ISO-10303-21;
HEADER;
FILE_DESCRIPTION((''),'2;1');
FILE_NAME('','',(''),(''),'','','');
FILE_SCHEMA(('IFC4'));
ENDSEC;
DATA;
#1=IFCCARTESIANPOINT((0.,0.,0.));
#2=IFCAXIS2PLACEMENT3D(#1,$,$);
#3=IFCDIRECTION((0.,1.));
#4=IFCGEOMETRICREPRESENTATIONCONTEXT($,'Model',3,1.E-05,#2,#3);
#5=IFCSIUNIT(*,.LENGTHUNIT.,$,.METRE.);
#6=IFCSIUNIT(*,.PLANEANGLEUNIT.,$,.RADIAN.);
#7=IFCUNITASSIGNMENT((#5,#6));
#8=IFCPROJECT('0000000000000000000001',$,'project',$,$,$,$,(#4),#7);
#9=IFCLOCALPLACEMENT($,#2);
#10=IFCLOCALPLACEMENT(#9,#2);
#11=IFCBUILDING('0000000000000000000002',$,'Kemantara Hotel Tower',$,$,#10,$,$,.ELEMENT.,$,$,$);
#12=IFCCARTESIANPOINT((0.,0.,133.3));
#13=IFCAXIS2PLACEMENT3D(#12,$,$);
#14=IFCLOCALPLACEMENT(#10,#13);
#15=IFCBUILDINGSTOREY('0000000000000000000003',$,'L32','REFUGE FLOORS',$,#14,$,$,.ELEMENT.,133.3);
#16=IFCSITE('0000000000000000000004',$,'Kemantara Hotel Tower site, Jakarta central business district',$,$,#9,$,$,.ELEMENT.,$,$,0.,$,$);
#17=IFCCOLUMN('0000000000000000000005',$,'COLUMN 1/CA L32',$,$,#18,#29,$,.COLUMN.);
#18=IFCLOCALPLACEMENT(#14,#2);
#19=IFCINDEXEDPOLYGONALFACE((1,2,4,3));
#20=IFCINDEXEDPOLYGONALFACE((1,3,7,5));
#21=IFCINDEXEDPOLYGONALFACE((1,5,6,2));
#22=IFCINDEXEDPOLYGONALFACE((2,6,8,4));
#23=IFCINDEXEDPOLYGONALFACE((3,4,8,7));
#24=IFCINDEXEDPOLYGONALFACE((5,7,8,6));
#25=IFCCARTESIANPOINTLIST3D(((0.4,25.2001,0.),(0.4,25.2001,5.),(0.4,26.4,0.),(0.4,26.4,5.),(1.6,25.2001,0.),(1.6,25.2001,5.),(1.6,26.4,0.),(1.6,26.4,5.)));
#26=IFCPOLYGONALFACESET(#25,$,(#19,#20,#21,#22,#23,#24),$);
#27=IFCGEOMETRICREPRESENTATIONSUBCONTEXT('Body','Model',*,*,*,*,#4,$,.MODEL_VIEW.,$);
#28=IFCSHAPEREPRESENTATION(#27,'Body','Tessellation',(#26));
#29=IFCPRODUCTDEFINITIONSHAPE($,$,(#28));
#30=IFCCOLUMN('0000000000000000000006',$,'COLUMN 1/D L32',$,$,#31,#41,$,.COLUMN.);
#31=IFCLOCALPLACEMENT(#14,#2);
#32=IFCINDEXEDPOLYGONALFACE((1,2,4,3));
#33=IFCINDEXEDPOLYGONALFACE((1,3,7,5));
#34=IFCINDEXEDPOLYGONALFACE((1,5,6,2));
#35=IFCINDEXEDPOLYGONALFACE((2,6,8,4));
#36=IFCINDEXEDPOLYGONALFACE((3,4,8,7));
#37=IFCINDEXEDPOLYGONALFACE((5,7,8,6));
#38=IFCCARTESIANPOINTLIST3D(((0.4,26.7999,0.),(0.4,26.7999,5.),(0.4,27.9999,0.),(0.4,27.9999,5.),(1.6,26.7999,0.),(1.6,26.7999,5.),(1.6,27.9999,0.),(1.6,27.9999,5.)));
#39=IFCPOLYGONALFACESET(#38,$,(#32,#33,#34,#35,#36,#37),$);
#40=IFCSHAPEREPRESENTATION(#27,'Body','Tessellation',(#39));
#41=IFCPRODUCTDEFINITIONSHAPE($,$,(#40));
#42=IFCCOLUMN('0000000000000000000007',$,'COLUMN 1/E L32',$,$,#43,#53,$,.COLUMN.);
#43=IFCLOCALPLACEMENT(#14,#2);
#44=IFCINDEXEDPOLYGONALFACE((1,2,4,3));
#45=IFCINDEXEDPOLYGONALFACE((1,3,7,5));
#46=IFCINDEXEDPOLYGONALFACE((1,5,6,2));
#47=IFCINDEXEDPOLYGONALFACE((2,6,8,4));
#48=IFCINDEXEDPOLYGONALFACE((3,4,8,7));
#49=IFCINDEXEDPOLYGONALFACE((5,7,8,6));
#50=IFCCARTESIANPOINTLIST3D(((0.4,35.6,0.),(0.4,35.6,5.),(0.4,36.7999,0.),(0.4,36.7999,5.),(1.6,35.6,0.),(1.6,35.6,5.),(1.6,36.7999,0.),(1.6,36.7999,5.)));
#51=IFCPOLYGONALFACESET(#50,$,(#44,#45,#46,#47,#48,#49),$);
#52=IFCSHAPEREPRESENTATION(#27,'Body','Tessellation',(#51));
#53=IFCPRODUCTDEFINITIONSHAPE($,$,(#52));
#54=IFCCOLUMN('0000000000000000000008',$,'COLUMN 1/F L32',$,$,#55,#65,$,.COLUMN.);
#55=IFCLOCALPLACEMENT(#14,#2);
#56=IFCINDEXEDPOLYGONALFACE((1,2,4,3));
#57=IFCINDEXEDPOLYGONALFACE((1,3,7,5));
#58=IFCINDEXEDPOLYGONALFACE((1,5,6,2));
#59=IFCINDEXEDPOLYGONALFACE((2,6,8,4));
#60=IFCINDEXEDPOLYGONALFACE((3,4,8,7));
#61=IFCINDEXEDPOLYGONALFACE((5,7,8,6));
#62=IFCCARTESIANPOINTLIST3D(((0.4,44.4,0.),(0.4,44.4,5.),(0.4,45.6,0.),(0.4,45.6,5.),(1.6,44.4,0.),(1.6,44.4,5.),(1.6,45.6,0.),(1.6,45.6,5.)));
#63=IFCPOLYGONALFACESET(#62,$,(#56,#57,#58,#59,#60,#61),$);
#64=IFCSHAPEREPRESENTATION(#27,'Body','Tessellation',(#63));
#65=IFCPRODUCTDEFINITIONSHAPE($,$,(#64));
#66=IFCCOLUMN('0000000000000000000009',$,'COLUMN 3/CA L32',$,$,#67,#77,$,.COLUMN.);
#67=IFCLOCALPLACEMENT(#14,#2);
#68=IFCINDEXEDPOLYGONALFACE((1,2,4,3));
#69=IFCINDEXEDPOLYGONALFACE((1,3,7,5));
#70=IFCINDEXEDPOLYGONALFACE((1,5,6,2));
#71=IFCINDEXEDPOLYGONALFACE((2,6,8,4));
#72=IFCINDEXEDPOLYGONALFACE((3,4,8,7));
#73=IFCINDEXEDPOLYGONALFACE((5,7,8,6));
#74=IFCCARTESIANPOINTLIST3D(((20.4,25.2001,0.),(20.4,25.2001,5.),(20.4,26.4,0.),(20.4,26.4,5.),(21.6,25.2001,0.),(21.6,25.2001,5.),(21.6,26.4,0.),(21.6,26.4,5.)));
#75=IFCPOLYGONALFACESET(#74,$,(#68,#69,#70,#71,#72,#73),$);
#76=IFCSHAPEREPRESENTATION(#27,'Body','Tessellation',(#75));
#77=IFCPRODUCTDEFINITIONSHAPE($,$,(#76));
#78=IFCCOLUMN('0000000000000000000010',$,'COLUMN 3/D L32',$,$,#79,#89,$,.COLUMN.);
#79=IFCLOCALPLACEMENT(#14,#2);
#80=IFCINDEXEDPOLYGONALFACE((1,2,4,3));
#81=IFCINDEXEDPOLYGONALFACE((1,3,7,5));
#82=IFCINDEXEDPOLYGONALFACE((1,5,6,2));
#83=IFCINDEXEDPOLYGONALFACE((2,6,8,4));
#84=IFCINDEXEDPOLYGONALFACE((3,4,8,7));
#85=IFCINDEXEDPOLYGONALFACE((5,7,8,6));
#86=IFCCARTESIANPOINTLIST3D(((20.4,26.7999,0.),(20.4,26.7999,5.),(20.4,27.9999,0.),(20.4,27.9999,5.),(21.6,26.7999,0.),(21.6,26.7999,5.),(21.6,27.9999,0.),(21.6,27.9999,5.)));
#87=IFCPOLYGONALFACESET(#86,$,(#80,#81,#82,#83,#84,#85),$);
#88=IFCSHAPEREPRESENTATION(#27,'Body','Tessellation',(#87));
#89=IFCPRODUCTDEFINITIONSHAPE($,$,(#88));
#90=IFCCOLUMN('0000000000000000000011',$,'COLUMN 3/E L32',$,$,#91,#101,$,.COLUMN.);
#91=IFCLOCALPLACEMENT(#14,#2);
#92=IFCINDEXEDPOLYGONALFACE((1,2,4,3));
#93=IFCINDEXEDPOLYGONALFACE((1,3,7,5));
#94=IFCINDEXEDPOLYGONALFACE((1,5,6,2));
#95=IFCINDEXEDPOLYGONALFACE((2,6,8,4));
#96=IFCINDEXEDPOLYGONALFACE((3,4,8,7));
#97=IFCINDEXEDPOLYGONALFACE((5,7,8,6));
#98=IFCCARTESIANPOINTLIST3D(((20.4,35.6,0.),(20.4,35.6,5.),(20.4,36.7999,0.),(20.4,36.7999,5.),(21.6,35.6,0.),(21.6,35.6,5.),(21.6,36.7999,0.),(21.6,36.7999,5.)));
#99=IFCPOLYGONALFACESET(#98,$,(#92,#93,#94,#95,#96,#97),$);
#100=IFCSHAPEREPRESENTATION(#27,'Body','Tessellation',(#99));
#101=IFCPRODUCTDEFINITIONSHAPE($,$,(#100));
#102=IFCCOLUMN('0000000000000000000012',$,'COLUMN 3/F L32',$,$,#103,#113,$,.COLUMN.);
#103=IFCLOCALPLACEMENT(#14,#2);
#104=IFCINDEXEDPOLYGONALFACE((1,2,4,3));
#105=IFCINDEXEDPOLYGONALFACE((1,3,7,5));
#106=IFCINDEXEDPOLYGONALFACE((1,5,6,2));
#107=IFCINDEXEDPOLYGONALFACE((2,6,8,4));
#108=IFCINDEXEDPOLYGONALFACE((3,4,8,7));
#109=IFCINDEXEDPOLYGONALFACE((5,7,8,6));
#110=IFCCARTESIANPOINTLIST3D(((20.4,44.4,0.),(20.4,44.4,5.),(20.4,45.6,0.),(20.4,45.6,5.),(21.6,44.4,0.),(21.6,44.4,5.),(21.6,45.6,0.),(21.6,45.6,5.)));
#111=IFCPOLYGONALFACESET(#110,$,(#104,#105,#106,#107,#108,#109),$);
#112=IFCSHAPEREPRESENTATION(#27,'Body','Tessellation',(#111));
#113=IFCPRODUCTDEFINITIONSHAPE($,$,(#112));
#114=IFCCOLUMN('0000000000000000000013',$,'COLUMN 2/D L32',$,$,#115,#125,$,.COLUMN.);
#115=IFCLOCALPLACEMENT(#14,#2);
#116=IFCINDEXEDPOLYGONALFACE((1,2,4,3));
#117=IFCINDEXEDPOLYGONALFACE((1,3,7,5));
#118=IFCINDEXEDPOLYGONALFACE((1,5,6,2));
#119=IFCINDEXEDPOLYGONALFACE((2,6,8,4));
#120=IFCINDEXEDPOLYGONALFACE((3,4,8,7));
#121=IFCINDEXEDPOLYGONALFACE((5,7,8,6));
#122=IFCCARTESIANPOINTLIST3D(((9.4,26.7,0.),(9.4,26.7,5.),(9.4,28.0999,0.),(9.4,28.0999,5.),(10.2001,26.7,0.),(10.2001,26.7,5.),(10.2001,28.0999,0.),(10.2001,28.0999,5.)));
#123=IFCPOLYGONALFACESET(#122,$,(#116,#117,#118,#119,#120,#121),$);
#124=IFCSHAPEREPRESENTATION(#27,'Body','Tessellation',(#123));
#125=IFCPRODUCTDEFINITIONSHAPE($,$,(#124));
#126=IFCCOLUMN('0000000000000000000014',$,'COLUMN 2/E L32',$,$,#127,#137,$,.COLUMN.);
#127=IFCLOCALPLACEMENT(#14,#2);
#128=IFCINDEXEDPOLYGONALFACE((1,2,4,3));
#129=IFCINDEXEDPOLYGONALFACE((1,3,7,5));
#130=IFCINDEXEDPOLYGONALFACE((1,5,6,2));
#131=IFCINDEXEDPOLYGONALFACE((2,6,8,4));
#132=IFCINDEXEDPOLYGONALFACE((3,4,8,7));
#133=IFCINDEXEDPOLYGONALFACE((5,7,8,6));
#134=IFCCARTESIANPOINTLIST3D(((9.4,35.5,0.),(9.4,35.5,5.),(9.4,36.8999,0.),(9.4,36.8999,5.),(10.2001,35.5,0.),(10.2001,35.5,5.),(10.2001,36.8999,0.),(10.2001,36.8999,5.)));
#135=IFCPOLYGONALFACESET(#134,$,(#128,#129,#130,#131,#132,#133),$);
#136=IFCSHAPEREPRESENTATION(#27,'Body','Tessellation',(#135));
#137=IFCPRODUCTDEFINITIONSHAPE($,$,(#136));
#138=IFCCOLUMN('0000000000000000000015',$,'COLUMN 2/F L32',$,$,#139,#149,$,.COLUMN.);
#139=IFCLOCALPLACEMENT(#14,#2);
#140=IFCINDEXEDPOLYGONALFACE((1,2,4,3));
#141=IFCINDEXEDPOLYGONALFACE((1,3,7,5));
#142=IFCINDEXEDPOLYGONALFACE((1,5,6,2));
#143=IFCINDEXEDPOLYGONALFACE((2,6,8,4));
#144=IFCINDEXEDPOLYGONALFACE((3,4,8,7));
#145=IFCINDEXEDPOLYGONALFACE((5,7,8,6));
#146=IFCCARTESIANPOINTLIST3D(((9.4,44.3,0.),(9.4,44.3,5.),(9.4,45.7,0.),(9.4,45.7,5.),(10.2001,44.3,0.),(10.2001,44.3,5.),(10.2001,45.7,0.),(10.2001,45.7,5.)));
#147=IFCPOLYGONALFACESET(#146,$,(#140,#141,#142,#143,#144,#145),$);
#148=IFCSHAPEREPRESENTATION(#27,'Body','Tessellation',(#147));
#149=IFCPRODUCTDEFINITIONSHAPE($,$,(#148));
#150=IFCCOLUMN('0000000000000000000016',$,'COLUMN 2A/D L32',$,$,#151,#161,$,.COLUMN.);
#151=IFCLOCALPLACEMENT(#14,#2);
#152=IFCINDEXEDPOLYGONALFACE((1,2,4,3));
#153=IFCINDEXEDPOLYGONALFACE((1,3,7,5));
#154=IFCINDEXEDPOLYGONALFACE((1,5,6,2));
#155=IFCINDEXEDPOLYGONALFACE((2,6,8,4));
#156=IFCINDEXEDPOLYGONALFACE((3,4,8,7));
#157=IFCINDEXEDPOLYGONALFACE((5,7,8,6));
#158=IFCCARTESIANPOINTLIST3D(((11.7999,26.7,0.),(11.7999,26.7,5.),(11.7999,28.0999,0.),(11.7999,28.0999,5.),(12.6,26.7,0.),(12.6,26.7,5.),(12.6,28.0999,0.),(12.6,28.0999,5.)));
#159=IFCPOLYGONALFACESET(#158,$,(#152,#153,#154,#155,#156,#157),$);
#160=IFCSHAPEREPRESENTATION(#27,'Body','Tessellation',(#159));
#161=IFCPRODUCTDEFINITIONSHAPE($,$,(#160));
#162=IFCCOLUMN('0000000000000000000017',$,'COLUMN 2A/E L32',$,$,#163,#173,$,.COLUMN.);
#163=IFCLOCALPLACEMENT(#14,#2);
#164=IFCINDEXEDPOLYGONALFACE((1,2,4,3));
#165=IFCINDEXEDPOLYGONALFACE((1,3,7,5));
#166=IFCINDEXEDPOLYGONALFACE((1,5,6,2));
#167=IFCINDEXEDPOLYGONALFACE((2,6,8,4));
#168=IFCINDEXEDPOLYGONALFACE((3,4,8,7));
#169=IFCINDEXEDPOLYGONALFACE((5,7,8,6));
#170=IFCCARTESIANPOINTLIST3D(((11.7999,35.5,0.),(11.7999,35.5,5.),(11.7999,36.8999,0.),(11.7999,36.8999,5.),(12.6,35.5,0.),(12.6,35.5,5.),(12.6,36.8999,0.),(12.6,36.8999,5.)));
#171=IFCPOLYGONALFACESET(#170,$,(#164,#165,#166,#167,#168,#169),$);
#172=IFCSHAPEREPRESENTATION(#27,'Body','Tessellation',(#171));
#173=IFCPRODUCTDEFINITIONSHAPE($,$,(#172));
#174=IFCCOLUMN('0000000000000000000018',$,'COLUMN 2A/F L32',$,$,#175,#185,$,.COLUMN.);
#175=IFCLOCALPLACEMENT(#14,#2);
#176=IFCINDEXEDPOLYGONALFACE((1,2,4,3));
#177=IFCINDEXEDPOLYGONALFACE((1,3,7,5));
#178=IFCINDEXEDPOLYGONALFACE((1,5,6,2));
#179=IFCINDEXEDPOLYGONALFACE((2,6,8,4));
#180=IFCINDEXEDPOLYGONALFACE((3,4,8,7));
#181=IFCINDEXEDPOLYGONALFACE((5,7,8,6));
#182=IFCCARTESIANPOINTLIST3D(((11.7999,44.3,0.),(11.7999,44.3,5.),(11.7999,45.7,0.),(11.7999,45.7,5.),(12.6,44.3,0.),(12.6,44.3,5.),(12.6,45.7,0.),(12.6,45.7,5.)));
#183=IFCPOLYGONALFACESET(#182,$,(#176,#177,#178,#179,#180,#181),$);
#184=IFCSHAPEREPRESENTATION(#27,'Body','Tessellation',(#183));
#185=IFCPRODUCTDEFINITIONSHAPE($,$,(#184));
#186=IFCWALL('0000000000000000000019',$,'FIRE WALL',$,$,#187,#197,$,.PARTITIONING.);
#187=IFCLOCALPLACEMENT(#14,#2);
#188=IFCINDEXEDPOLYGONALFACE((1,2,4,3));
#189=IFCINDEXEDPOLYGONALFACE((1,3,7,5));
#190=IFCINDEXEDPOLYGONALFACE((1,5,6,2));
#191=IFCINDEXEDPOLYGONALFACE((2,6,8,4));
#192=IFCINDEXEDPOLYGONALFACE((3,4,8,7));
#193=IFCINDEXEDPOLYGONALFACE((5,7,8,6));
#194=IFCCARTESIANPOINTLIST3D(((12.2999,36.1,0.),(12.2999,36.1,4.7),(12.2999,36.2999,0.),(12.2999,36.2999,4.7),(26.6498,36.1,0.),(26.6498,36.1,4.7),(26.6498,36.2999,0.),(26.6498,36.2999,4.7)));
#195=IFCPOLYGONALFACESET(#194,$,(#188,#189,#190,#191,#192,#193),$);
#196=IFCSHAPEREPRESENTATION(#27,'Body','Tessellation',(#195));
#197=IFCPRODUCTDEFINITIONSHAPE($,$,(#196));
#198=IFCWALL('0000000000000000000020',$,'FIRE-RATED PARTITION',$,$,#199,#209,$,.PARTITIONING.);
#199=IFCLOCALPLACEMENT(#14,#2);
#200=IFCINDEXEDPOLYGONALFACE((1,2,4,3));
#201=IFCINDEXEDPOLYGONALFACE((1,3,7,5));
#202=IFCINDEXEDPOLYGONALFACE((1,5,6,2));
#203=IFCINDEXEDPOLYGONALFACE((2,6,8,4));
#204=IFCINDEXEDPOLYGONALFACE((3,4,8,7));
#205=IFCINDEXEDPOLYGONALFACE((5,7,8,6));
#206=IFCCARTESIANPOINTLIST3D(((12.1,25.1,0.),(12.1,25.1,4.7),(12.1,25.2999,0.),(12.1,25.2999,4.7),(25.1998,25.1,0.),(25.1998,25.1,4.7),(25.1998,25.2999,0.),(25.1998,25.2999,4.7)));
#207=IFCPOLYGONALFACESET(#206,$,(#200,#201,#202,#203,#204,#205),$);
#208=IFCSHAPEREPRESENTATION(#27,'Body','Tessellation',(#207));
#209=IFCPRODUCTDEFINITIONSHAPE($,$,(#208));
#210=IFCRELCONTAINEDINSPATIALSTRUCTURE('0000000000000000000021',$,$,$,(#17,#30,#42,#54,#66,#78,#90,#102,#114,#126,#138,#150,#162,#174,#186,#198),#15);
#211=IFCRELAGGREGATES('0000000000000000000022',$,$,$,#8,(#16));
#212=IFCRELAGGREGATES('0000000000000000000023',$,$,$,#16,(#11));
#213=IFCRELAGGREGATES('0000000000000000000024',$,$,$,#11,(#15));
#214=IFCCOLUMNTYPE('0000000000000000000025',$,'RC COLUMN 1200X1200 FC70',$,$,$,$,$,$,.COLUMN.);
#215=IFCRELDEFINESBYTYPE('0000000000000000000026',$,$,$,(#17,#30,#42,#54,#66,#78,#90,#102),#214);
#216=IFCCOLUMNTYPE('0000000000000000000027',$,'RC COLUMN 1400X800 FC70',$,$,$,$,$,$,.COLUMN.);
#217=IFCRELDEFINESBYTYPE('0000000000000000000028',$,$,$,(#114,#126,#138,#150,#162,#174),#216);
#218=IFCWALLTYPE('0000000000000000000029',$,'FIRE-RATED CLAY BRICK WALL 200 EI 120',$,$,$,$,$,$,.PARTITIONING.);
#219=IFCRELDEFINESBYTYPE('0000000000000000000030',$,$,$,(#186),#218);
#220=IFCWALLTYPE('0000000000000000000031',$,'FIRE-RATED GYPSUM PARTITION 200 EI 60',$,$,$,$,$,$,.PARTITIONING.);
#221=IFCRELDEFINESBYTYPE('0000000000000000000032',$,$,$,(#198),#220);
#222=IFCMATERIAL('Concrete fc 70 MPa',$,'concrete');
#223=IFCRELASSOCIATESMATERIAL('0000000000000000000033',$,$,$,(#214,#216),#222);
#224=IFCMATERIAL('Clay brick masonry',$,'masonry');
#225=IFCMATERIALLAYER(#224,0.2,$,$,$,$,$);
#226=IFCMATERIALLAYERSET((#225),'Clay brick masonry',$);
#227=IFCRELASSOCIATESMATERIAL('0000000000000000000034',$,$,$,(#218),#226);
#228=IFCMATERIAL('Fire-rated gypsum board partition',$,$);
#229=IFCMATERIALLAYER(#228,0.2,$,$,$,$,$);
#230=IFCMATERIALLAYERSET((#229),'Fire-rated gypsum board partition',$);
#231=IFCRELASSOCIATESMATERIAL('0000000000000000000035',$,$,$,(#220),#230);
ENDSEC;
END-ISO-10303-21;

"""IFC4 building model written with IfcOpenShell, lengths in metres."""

from ifc_helpers import new_model, si_unit, direction, frame, frame_2d, origin, origin_2d, place, context, subcontext, project, spatial, rectangle, extrude, material, layer, layer_set, material_profile, profile_set, type_object, element, save


model = new_model("IFC4")

# Units and contexts
model_context = context("Model", 3, precision=1e-05, world=origin(), true_north=direction((0.0, 1.0)))
body_context = subcontext(model_context, "Body", "Model", "MODEL_VIEW")
ifc_project = project(units=[si_unit("LENGTHUNIT", "METRE"), si_unit("PLANEANGLEUNIT", "RADIAN")], contexts=[model_context])

# Site, building, storey
site_placement = place(None, origin())
site = spatial("IfcSite", under=ifc_project, at=site_placement, Name="Kemantara Hotel Tower site, Jakarta central business district", CompositionType="ELEMENT", RefElevation=0.0)
building_placement = place(site_placement, origin())
building = spatial("IfcBuilding", under=site, at=building_placement, Name="Kemantara Hotel Tower", CompositionType="ELEMENT")
storey_placement = place(building_placement, frame((0.0, 0.0, 133.3)))
storey = spatial("IfcBuildingStorey", under=building, at=storey_placement, Name="L32", Description="REFUGE FLOORS", CompositionType="ELEMENT", Elevation=133.3)

# Columns
ifc_material_1 = material(Name="Concrete fc 70 MPa", Category="concrete")
ifc_material_profile_1 = material_profile(ifc_material_1, rectangle(XDim=1.2, YDim=1.2, at=origin_2d()), Name="RC 1200X1200")
ifc_profile_set_1 = profile_set([ifc_material_profile_1], Name="Concrete fc 70 MPa")
column_type_1 = type_object("IfcColumnType", Name="RC COLUMN 1200X1200 FC70", PredefinedType="COLUMN", material=ifc_profile_set_1)
for number, where, z_axis, x_axis, name in (
    (1, (1.0, 25.8, 0.0), (0.0, 0.0, 1.0), (1.0, 0.0, 0.0), "COLUMN 1/CA L32"),
    (2, (1.0, 27.3999, 0.0), (0.0, 0.0, 1.0), (1.0, 0.0, 0.0), "COLUMN 1/D L32"),
    (3, (1.0, 36.2, 0.0), (0.0, 0.0, 1.0), (1.0, 0.0, 0.0), "COLUMN 1/E L32"),
    (4, (1.0, 45.0, 0.0), (0.0, 0.0, 1.0), (1.0, 0.0, 0.0), "COLUMN 1/F L32"),
    (5, (21.0, 25.8, 0.0), (0.0, 0.0, 1.0), (1.0, 0.0, 0.0), "COLUMN 3/CA L32"),
    (6, (21.0, 27.3999, 0.0), (0.0, 0.0, 1.0), (1.0, 0.0, 0.0), "COLUMN 3/D L32"),
    (7, (21.0, 36.2, 0.0), (0.0, 0.0, 1.0), (1.0, 0.0, 0.0), "COLUMN 3/E L32"),
    (8, (21.0, 45.0, 0.0), (0.0, 0.0, 1.0), (1.0, 0.0, 0.0), "COLUMN 3/F L32"),
):
    element("IfcColumn", number, at=place(storey_placement, frame(where, z_axis=z_axis, x_axis=x_axis)), inside=storey, type_object=column_type_1, Name=name, PredefinedType="COLUMN", context=body_context, shape_type="SweptSolid", body=[
        extrude(rectangle(XDim=1.2, YDim=1.2, at=origin_2d()), origin(), (0.0, 0.0, 1.0), 5.0),
    ])
ifc_material_profile_2 = material_profile(ifc_material_1, rectangle(XDim=1.3999, YDim=0.8, at=origin_2d()), Name="RC 1400X800")
ifc_profile_set_2 = profile_set([ifc_material_profile_2], Name="Concrete fc 70 MPa")
column_type_2 = type_object("IfcColumnType", Name="RC COLUMN 1400X800 FC70", PredefinedType="COLUMN", material=ifc_profile_set_2)
for number, where, z_axis, x_axis, name in (
    (9, (9.8, 27.3999, 0.0), (0.0, 0.0, 1.0), (0.0, 1.0, 0.0), "COLUMN 2/D L32"),
    (10, (9.8, 36.2, 0.0), (0.0, 0.0, 1.0), (0.0, 1.0, 0.0), "COLUMN 2/E L32"),
    (11, (9.8, 45.0, 0.0), (0.0, 0.0, 1.0), (0.0, 1.0, 0.0), "COLUMN 2/F L32"),
    (12, (12.2, 27.3999, 0.0), (0.0, 0.0, 1.0), (0.0, 1.0, 0.0), "COLUMN 2A/D L32"),
    (13, (12.2, 36.2, 0.0), (0.0, 0.0, 1.0), (0.0, 1.0, 0.0), "COLUMN 2A/E L32"),
    (14, (12.2, 45.0, 0.0), (0.0, 0.0, 1.0), (0.0, 1.0, 0.0), "COLUMN 2A/F L32"),
):
    element("IfcColumn", number, at=place(storey_placement, frame(where, z_axis=z_axis, x_axis=x_axis)), inside=storey, type_object=column_type_2, Name=name, PredefinedType="COLUMN", context=body_context, shape_type="SweptSolid", body=[
        extrude(rectangle(XDim=1.3999, YDim=0.8, at=origin_2d()), origin(), (0.0, 0.0, 1.0), 5.0),
    ])

# Walls
ifc_material_2 = material(Name="Clay brick masonry", Category="masonry")
ifc_layer_1 = layer(ifc_material_2, 0.2)
ifc_layer_set_1 = layer_set([ifc_layer_1], Name="Clay brick masonry")
wall_type_1 = type_object("IfcWallType", Name="FIRE-RATED CLAY BRICK WALL 200 EI 120", PredefinedType="PARTITIONING", material=ifc_layer_set_1)
wall_1_placement = place(storey_placement, frame((12.3, 36.2, 0.0), z_axis=(0.0, 0.0, 1.0), x_axis=(1.0, 0.0, 0.0)))
element("IfcWall", 15, at=wall_1_placement, inside=storey, type_object=wall_type_1, Name="FIRE WALL", PredefinedType="PARTITIONING", context=body_context, shape_type="SweptSolid", body=[
    extrude(rectangle(XDim=14.3499, YDim=0.2, at=frame_2d((7.1748, 0.0))), origin(), (0.0, 0.0, 1.0), 4.7),
])
ifc_material_3 = material(Name="Fire-rated gypsum board partition")
ifc_layer_2 = layer(ifc_material_3, 0.2)
ifc_layer_set_2 = layer_set([ifc_layer_2], Name="Fire-rated gypsum board partition")
wall_type_2 = type_object("IfcWallType", Name="FIRE-RATED GYPSUM PARTITION 200 EI 60", PredefinedType="PARTITIONING", material=ifc_layer_set_2)
wall_2_placement = place(storey_placement, frame((12.1001, 25.2, 0.0), z_axis=(0.0, 0.0, 1.0), x_axis=(1.0, 0.0, 0.0)))
element("IfcWall", 16, at=wall_2_placement, inside=storey, type_object=wall_type_2, Name="FIRE-RATED PARTITION", PredefinedType="PARTITIONING", context=body_context, shape_type="SweptSolid", body=[
    extrude(rectangle(XDim=13.0999, YDim=0.2, at=frame_2d((6.5498, 0.0))), origin(), (0.0, 0.0, 1.0), 4.7),
])

save(model, "model.ifc")
